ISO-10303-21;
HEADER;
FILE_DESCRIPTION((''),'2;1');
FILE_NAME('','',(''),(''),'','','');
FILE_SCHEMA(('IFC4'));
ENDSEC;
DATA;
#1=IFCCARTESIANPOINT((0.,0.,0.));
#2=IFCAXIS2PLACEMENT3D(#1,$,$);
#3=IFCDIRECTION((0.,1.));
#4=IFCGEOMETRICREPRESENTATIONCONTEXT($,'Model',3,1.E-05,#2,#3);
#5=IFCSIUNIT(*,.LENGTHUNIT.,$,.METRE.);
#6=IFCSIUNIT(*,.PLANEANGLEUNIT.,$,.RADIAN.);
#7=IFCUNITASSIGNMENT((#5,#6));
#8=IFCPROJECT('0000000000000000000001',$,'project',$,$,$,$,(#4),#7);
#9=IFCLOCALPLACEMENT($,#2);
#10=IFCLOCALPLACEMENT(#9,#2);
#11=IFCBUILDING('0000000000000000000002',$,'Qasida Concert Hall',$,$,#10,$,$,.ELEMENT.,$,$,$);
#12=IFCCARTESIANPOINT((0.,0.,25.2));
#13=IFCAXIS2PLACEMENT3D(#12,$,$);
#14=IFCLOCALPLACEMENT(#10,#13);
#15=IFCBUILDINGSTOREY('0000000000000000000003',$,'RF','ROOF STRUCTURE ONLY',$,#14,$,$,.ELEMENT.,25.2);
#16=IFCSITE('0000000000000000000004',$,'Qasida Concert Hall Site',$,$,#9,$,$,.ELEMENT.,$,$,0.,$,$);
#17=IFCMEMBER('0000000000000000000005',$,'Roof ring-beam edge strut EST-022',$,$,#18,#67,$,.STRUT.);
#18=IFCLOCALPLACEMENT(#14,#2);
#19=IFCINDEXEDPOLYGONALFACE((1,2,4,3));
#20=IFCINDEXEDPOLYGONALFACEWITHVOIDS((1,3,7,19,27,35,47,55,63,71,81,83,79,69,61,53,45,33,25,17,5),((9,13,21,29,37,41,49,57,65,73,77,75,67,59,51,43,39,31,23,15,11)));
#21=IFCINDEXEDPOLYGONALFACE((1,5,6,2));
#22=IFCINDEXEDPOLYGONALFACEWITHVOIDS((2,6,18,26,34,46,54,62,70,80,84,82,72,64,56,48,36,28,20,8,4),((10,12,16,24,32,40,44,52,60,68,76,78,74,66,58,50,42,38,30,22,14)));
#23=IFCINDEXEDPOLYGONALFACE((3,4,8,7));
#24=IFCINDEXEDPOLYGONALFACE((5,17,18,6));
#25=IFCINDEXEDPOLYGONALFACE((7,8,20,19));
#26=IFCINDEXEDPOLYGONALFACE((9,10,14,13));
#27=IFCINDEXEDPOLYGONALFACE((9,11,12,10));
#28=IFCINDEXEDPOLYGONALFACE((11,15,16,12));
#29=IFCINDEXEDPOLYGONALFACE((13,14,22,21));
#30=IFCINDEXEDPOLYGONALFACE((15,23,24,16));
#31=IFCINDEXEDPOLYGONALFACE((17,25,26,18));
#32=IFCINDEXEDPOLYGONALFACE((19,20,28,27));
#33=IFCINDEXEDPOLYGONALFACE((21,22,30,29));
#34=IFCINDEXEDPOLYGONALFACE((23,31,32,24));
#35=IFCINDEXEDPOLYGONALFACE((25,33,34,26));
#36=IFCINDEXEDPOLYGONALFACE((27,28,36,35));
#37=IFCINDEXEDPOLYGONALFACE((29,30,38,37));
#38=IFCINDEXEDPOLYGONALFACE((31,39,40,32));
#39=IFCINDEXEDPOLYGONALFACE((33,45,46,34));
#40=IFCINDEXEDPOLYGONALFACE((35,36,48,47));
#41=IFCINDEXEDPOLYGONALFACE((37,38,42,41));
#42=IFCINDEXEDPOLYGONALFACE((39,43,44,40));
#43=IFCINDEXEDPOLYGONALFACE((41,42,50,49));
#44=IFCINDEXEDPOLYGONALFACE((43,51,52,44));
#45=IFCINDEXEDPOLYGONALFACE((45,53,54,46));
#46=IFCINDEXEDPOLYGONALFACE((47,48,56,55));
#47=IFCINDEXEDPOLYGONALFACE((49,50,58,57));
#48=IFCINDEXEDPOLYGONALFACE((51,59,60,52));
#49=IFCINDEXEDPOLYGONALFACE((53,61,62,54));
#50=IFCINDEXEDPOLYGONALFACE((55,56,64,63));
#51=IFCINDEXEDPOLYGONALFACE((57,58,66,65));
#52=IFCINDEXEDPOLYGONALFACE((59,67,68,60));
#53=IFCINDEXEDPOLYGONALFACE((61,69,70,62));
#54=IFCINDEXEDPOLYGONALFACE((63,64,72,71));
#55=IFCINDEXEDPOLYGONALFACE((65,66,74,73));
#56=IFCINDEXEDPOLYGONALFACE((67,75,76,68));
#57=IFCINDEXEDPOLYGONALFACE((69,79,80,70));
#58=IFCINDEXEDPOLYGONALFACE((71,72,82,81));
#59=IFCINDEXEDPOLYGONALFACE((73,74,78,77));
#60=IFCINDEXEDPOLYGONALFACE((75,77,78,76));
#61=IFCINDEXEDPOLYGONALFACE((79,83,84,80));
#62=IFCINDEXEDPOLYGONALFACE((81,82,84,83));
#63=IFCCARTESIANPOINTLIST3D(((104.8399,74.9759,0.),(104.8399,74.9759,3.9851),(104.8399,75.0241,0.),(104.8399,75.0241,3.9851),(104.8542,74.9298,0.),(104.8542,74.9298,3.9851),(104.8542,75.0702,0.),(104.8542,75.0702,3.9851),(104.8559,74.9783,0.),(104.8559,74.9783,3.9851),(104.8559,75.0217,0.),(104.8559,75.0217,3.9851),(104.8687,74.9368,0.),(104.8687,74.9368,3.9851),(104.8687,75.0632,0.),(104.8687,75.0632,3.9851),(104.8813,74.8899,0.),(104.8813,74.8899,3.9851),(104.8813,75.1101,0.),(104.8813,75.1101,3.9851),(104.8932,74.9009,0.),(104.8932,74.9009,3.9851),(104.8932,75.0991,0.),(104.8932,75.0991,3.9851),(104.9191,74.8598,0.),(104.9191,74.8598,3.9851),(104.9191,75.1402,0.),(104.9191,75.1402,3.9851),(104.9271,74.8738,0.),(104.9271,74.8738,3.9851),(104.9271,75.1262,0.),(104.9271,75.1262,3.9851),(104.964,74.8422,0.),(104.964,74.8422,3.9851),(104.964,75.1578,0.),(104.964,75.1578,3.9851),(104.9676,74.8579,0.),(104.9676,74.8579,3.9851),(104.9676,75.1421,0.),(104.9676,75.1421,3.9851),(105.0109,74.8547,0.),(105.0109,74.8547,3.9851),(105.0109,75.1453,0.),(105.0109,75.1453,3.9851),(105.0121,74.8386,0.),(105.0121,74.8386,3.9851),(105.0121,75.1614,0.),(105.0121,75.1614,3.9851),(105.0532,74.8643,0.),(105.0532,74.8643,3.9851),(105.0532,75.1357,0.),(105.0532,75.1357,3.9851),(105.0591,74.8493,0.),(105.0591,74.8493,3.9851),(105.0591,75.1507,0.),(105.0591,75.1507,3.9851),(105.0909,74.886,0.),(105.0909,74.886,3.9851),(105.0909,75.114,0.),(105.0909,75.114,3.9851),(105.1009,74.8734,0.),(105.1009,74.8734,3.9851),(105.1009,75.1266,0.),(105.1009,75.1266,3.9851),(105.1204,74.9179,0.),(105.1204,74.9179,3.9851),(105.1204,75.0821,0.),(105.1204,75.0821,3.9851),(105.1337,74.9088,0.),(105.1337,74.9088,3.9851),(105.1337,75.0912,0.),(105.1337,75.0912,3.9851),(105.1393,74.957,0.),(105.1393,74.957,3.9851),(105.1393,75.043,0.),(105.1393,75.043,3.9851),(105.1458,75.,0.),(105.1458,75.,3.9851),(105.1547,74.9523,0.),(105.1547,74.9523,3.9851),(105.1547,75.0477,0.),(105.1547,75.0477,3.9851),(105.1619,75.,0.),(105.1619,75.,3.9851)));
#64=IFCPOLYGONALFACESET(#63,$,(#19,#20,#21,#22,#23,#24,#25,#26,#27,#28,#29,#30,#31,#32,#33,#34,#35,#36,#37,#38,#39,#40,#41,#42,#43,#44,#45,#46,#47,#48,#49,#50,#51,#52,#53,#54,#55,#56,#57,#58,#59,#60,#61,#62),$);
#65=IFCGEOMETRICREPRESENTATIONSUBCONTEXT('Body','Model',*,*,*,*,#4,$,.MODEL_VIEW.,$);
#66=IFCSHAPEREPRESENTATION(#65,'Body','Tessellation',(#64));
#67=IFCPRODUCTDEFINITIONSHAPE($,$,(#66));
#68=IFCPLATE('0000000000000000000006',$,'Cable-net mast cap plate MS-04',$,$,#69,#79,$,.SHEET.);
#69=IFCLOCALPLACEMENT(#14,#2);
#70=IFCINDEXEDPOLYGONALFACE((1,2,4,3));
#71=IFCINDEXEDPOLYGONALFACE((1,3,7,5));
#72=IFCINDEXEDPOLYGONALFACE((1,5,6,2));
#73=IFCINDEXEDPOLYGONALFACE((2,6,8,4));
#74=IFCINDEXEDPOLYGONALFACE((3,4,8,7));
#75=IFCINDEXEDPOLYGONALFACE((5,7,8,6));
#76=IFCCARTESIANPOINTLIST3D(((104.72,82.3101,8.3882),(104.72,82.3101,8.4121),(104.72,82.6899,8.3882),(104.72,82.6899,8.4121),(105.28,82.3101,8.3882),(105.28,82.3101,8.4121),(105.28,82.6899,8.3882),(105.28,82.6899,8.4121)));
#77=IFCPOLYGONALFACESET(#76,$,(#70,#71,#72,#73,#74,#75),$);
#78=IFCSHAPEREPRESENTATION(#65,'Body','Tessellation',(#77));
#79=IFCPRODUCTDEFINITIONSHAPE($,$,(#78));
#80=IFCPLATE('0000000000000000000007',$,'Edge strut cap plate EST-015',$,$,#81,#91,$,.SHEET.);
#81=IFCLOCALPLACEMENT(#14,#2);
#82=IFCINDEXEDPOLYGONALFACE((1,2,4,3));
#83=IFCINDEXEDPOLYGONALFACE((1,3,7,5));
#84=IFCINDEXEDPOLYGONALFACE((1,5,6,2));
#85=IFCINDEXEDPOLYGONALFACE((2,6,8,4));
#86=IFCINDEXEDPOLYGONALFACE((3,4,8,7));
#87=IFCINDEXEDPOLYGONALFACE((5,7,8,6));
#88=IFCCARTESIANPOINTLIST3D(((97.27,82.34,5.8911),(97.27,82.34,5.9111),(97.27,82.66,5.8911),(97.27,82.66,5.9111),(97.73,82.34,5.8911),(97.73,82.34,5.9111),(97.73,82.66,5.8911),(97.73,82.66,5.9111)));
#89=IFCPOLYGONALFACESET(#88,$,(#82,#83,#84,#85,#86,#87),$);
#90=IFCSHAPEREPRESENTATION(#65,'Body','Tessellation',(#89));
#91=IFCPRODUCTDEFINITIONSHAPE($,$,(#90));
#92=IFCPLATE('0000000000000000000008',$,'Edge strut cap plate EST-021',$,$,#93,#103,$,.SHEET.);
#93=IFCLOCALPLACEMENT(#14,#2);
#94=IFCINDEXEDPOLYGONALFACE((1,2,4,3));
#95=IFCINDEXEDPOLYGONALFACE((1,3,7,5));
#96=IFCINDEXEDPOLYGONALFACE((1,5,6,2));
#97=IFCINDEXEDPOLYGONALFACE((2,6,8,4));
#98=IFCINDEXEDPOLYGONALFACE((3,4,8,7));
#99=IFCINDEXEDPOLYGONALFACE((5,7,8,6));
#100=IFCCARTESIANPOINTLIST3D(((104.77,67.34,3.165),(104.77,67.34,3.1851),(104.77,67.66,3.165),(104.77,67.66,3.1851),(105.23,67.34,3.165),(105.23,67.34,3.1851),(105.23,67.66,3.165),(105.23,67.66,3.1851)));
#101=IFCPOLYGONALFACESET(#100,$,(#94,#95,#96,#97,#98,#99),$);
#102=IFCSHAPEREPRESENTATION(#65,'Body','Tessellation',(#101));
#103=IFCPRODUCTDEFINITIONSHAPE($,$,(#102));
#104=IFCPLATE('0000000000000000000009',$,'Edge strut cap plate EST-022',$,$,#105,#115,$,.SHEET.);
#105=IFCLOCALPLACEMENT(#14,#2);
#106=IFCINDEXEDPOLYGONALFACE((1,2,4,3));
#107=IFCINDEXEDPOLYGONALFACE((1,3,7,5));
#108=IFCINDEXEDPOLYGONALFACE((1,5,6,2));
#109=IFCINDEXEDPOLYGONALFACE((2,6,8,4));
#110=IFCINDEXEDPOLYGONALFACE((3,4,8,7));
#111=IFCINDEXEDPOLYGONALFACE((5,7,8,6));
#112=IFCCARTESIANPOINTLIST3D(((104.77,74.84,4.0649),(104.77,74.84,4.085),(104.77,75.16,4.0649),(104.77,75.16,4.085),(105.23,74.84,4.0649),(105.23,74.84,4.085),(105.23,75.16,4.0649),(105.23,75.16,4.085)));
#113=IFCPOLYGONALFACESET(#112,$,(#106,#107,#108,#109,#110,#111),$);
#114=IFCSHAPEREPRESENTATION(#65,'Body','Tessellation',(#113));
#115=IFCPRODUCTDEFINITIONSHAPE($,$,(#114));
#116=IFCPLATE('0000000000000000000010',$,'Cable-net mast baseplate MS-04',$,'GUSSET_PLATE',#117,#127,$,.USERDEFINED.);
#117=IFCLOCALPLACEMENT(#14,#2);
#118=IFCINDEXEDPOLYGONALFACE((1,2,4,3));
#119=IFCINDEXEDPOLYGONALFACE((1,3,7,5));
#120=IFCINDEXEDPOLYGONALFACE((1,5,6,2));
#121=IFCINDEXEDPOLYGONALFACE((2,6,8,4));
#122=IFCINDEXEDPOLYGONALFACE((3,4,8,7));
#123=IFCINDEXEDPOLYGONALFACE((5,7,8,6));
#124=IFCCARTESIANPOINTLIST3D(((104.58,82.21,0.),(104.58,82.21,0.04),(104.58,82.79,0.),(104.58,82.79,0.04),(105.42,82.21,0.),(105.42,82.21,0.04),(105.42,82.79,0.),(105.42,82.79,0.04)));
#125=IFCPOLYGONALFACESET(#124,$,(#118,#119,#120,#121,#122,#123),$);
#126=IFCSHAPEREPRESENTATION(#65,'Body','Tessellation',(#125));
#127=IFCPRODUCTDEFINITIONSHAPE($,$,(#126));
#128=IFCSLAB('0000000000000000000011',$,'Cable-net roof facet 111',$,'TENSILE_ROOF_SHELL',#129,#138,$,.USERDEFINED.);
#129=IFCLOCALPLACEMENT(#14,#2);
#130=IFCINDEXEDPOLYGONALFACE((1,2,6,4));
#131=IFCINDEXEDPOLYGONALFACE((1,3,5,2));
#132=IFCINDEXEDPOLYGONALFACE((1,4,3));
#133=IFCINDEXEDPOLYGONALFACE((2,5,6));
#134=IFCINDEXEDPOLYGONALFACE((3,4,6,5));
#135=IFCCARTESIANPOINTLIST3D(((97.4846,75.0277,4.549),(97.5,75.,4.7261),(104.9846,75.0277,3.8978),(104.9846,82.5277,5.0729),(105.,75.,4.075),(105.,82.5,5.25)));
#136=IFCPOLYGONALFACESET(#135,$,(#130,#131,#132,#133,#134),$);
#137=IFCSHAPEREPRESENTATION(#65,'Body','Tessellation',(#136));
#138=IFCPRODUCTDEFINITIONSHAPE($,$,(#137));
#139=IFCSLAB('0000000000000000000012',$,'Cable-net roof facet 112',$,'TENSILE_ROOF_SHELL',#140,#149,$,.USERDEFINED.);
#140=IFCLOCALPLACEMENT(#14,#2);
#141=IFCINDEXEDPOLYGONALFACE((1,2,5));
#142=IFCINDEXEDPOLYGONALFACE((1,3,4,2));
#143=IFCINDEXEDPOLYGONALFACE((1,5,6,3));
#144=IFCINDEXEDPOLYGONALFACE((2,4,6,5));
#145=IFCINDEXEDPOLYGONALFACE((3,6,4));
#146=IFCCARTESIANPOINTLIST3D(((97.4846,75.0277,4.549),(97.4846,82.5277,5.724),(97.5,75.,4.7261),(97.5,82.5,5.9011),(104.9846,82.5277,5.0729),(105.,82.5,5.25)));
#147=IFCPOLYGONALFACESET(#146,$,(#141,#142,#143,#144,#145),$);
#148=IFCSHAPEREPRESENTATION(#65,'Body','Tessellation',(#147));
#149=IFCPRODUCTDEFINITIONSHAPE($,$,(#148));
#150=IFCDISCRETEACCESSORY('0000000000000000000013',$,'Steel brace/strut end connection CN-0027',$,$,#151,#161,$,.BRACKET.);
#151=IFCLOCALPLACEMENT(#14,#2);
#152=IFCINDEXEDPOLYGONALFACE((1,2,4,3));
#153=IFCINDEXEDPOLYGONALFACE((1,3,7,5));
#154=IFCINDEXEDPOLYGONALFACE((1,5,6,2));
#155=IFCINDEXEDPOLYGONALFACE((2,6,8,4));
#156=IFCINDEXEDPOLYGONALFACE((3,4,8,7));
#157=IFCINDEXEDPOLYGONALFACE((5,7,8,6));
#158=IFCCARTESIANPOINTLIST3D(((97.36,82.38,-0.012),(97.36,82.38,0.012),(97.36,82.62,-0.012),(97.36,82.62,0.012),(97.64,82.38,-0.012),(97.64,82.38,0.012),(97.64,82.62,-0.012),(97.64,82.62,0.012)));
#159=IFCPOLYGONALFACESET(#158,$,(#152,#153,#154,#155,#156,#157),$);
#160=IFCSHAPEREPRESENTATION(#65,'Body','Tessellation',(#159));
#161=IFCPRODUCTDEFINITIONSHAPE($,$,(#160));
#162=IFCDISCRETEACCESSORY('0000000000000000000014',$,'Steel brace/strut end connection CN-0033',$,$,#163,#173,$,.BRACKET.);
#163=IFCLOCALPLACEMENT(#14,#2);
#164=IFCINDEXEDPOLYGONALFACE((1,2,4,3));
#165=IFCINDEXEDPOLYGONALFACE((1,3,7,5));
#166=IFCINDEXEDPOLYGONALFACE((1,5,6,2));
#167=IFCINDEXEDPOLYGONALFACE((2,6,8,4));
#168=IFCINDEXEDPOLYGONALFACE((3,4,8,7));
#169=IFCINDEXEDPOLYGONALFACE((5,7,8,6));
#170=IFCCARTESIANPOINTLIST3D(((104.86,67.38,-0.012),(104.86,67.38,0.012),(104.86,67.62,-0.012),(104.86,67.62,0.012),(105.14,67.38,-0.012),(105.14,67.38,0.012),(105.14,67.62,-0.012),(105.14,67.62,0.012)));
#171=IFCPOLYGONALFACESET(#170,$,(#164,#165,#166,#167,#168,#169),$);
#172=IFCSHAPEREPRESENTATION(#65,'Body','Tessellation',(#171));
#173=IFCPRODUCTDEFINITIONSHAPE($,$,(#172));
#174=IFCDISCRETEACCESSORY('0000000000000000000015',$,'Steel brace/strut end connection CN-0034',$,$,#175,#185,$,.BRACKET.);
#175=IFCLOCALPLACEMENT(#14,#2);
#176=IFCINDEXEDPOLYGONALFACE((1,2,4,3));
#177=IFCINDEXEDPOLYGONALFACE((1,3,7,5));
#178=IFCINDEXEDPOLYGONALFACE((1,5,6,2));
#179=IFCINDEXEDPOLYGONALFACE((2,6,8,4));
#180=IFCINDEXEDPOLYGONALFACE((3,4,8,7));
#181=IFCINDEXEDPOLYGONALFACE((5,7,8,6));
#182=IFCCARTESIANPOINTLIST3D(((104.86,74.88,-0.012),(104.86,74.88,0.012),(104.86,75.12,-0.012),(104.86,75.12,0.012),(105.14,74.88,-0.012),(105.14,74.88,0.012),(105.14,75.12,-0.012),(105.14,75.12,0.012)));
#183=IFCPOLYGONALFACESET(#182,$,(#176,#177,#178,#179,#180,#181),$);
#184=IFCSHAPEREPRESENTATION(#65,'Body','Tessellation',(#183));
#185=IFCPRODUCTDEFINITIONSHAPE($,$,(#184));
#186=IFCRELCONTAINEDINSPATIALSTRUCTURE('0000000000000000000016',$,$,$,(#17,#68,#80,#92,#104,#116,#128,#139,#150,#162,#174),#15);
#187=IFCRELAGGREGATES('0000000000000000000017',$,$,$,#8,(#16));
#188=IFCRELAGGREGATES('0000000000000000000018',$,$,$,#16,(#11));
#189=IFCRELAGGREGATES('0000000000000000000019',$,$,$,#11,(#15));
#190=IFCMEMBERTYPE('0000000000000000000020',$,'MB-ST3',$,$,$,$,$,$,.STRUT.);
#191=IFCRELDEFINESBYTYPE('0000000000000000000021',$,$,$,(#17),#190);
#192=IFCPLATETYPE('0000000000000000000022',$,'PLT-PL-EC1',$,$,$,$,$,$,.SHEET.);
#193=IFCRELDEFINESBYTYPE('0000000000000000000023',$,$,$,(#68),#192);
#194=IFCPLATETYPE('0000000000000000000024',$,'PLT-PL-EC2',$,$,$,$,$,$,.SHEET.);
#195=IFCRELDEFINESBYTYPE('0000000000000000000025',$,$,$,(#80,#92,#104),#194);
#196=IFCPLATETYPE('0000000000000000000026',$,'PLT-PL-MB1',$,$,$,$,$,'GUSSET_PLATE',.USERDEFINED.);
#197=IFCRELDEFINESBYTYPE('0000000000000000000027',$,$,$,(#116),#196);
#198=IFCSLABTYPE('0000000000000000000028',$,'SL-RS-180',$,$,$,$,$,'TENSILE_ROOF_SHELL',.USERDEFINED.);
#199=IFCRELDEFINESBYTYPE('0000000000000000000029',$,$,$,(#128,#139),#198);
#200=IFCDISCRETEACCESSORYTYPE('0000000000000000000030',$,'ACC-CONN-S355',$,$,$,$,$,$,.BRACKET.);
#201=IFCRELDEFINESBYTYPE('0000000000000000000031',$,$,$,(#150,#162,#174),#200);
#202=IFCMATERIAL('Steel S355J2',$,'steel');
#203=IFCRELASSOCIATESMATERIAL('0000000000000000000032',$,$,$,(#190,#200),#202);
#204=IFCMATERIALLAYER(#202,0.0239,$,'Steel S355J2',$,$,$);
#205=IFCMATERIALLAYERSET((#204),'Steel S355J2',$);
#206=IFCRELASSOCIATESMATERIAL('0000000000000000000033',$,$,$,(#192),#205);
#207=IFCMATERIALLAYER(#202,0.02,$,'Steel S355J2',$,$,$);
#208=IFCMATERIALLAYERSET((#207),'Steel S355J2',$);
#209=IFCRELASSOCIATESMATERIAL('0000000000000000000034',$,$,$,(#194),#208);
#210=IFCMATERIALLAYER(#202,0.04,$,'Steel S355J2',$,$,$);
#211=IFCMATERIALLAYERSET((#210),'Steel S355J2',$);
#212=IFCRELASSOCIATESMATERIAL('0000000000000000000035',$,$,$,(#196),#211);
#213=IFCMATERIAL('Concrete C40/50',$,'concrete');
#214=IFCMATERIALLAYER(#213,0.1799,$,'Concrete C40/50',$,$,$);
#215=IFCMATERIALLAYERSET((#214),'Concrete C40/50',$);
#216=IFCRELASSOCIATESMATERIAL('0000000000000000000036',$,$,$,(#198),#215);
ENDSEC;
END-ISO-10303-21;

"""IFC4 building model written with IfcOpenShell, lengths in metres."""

from ifc_helpers import new_model, si_unit, direction, frame, origin, origin_2d, place, context, subcontext, project, spatial, polyline, rectangle, hollow_circle, outline, extrude, material, layer, layer_set, material_profile, profile_set, type_object, element, save


model = new_model("IFC4")

# Units and contexts
model_context = context("Model", 3, precision=1e-05, world=origin(), true_north=direction((0.0, 1.0)))
body_context = subcontext(model_context, "Body", "Model", "MODEL_VIEW")
ifc_project = project(units=[si_unit("LENGTHUNIT", "METRE"), si_unit("PLANEANGLEUNIT", "RADIAN")], contexts=[model_context])

# Site, building, storey
site_placement = place(None, origin())
site = spatial("IfcSite", under=ifc_project, at=site_placement, Name="Qasida Concert Hall Site", CompositionType="ELEMENT", RefElevation=0.0)
building_placement = place(site_placement, origin())
building = spatial("IfcBuilding", under=site, at=building_placement, Name="Qasida Concert Hall", CompositionType="ELEMENT")
storey_placement = place(building_placement, frame((0.0, 0.0, 25.2)))
storey = spatial("IfcBuildingStorey", under=building, at=storey_placement, Name="RF", Description="ROOF STRUCTURE ONLY", CompositionType="ELEMENT", Elevation=25.2)

# Member
ifc_material_1 = material(Name="Steel S355J2", Category="steel")
ifc_material_profile_1 = material_profile(ifc_material_1, hollow_circle(Radius=0.1619, WallThickness=0.0161, at=origin_2d()), Name="CHS 323.9x16")
ifc_profile_set_1 = profile_set([ifc_material_profile_1], Name="Steel S355J2")
member_type_1 = type_object("IfcMemberType", Name="MB-ST3", PredefinedType="STRUT", material=ifc_profile_set_1)
member_1_placement = place(storey_placement, frame((105.0, 75.0, 0.0), z_axis=(0.0, 0.0, 1.0), x_axis=(1.0, 0.0, 0.0)))
element("IfcMember", 1, at=member_1_placement, inside=storey, type_object=member_type_1, Name="Roof ring-beam edge strut EST-022", PredefinedType="STRUT", context=body_context, shape_type="SweptSolid", body=[
    extrude(hollow_circle(Radius=0.1619, WallThickness=0.0161, at=origin_2d()), origin(), (0.0, 0.0, 1.0), 3.9851),
])

# Plates
ifc_layer_1 = layer(ifc_material_1, 0.0239, Name="Steel S355J2")
ifc_layer_set_1 = layer_set([ifc_layer_1], Name="Steel S355J2")
plate_type_1 = type_object("IfcPlateType", Name="PLT-PL-EC1", PredefinedType="SHEET", material=ifc_layer_set_1)
plate_1_placement = place(storey_placement, frame((105.0, 82.5, 8.3882), z_axis=(0.0, 0.0, 1.0), x_axis=(1.0, 0.0, 0.0)))
element("IfcPlate", 2, at=plate_1_placement, inside=storey, type_object=plate_type_1, Name="Cable-net mast cap plate MS-04", PredefinedType="SHEET", context=body_context, shape_type="SweptSolid", body=[
    extrude(rectangle(XDim=0.5601, YDim=0.3799, at=origin_2d()), origin(), (0.0, 0.0, 1.0), 0.0239),
])
ifc_layer_2 = layer(ifc_material_1, 0.02, Name="Steel S355J2")
ifc_layer_set_2 = layer_set([ifc_layer_2], Name="Steel S355J2")
plate_type_2 = type_object("IfcPlateType", Name="PLT-PL-EC2", PredefinedType="SHEET", material=ifc_layer_set_2)
for number, where, z_axis, x_axis, name in (
    (3, (97.5, 82.5, 5.8911), (0.0, 0.0, 1.0), (1.0, 0.0, 0.0), "Edge strut cap plate EST-015"),
    (4, (105.0, 67.5, 3.165), (0.0, 0.0, 1.0), (1.0, 0.0, 0.0), "Edge strut cap plate EST-021"),
    (5, (105.0, 75.0, 4.0649), (0.0, 0.0, 1.0), (1.0, 0.0, 0.0), "Edge strut cap plate EST-022"),
):
    element("IfcPlate", number, at=place(storey_placement, frame(where, z_axis=z_axis, x_axis=x_axis)), inside=storey, type_object=plate_type_2, Name=name, PredefinedType="SHEET", context=body_context, shape_type="SweptSolid", body=[
        extrude(rectangle(XDim=0.46, YDim=0.3201, at=origin_2d()), origin(), (0.0, 0.0, 1.0), 0.02),
    ])
ifc_layer_3 = layer(ifc_material_1, 0.04, Name="Steel S355J2")
ifc_layer_set_3 = layer_set([ifc_layer_3], Name="Steel S355J2")
plate_type_3 = type_object("IfcPlateType", Name="PLT-PL-MB1", ElementType="GUSSET_PLATE", PredefinedType="USERDEFINED", material=ifc_layer_set_3)
plate_2_placement = place(storey_placement, frame((105.0, 82.5, 0.0), z_axis=(0.0, 0.0, 1.0), x_axis=(1.0, 0.0, 0.0)))
element("IfcPlate", 6, at=plate_2_placement, inside=storey, type_object=plate_type_3, Name="Cable-net mast baseplate MS-04", ObjectType="GUSSET_PLATE", PredefinedType="USERDEFINED", context=body_context, shape_type="SweptSolid", body=[
    extrude(rectangle(XDim=0.8401, YDim=0.5801, at=origin_2d()), origin(), (0.0, 0.0, 1.0), 0.04),
])

# Slabs
ifc_material_2 = material(Name="Concrete C40/50", Category="concrete")
ifc_layer_4 = layer(ifc_material_2, 0.1799, Name="Concrete C40/50")
ifc_layer_set_4 = layer_set([ifc_layer_4], Name="Concrete C40/50")
slab_type = type_object("IfcSlabType", Name="SL-RS-180", ElementType="TENSILE_ROOF_SHELL", PredefinedType="USERDEFINED", material=ifc_layer_set_4)
slab_1_placement = place(storey_placement, frame((97.5, 75.0, 4.7261), z_axis=(0.085456, -0.154219, 0.984334), x_axis=(0.996253, 0.0, -0.086491)))
element("IfcSlab", 7, at=slab_1_placement, inside=storey, type_object=slab_type, Name="Cable-net roof facet 111", ObjectType="TENSILE_ROOF_SHELL", PredefinedType="USERDEFINED", context=body_context, shape_type="SweptSolid", body=[
    extrude(outline(polyline([(0.0, 0.0), (7.5282, 0.0), (7.4266, 7.5908), (0.0, 0.0)])), origin(), (0.0, 0.0, -1.0), 0.1799),
])
slab_2_placement = place(storey_placement, frame((97.5, 75.0, 4.7261), z_axis=(0.085456, -0.154219, 0.984334), x_axis=(0.706246, 0.706246, 0.049336)))
element("IfcSlab", 8, at=slab_2_placement, inside=storey, type_object=slab_type, Name="Cable-net roof facet 112", ObjectType="TENSILE_ROOF_SHELL", PredefinedType="USERDEFINED", context=body_context, shape_type="SweptSolid", body=[
    extrude(outline(polyline([(0.0, 0.0), (10.6195, 0.0), (5.3548, 5.3811), (0.0, 0.0)])), origin(), (0.0, 0.0, -1.0), 0.1799),
])

# Discrete accessories
discrete_accessory_type = type_object("IfcDiscreteAccessoryType", Name="ACC-CONN-S355", PredefinedType="BRACKET", material=ifc_material_1)
for number, where, z_axis, x_axis, name in (
    (9, (97.5, 82.5, -0.012), (0.0, 0.0, 1.0), (1.0, 0.0, 0.0), "Steel brace/strut end connection CN-0027"),
    (10, (105.0, 67.5, -0.012), (0.0, 0.0, 1.0), (1.0, 0.0, 0.0), "Steel brace/strut end connection CN-0033"),
    (11, (105.0, 75.0, -0.012), (0.0, 0.0, 1.0), (1.0, 0.0, 0.0), "Steel brace/strut end connection CN-0034"),
):
    element("IfcDiscreteAccessory", number, at=place(storey_placement, frame(where, z_axis=z_axis, x_axis=x_axis)), inside=storey, type_object=discrete_accessory_type, Name=name, PredefinedType="BRACKET", context=body_context, shape_type="SweptSolid", body=[
        extrude(rectangle(XDim=0.28, YDim=0.24, at=origin_2d()), origin(), (0.0, 0.0, 1.0), 0.0239),
    ])

save(model, "model.ifc")
